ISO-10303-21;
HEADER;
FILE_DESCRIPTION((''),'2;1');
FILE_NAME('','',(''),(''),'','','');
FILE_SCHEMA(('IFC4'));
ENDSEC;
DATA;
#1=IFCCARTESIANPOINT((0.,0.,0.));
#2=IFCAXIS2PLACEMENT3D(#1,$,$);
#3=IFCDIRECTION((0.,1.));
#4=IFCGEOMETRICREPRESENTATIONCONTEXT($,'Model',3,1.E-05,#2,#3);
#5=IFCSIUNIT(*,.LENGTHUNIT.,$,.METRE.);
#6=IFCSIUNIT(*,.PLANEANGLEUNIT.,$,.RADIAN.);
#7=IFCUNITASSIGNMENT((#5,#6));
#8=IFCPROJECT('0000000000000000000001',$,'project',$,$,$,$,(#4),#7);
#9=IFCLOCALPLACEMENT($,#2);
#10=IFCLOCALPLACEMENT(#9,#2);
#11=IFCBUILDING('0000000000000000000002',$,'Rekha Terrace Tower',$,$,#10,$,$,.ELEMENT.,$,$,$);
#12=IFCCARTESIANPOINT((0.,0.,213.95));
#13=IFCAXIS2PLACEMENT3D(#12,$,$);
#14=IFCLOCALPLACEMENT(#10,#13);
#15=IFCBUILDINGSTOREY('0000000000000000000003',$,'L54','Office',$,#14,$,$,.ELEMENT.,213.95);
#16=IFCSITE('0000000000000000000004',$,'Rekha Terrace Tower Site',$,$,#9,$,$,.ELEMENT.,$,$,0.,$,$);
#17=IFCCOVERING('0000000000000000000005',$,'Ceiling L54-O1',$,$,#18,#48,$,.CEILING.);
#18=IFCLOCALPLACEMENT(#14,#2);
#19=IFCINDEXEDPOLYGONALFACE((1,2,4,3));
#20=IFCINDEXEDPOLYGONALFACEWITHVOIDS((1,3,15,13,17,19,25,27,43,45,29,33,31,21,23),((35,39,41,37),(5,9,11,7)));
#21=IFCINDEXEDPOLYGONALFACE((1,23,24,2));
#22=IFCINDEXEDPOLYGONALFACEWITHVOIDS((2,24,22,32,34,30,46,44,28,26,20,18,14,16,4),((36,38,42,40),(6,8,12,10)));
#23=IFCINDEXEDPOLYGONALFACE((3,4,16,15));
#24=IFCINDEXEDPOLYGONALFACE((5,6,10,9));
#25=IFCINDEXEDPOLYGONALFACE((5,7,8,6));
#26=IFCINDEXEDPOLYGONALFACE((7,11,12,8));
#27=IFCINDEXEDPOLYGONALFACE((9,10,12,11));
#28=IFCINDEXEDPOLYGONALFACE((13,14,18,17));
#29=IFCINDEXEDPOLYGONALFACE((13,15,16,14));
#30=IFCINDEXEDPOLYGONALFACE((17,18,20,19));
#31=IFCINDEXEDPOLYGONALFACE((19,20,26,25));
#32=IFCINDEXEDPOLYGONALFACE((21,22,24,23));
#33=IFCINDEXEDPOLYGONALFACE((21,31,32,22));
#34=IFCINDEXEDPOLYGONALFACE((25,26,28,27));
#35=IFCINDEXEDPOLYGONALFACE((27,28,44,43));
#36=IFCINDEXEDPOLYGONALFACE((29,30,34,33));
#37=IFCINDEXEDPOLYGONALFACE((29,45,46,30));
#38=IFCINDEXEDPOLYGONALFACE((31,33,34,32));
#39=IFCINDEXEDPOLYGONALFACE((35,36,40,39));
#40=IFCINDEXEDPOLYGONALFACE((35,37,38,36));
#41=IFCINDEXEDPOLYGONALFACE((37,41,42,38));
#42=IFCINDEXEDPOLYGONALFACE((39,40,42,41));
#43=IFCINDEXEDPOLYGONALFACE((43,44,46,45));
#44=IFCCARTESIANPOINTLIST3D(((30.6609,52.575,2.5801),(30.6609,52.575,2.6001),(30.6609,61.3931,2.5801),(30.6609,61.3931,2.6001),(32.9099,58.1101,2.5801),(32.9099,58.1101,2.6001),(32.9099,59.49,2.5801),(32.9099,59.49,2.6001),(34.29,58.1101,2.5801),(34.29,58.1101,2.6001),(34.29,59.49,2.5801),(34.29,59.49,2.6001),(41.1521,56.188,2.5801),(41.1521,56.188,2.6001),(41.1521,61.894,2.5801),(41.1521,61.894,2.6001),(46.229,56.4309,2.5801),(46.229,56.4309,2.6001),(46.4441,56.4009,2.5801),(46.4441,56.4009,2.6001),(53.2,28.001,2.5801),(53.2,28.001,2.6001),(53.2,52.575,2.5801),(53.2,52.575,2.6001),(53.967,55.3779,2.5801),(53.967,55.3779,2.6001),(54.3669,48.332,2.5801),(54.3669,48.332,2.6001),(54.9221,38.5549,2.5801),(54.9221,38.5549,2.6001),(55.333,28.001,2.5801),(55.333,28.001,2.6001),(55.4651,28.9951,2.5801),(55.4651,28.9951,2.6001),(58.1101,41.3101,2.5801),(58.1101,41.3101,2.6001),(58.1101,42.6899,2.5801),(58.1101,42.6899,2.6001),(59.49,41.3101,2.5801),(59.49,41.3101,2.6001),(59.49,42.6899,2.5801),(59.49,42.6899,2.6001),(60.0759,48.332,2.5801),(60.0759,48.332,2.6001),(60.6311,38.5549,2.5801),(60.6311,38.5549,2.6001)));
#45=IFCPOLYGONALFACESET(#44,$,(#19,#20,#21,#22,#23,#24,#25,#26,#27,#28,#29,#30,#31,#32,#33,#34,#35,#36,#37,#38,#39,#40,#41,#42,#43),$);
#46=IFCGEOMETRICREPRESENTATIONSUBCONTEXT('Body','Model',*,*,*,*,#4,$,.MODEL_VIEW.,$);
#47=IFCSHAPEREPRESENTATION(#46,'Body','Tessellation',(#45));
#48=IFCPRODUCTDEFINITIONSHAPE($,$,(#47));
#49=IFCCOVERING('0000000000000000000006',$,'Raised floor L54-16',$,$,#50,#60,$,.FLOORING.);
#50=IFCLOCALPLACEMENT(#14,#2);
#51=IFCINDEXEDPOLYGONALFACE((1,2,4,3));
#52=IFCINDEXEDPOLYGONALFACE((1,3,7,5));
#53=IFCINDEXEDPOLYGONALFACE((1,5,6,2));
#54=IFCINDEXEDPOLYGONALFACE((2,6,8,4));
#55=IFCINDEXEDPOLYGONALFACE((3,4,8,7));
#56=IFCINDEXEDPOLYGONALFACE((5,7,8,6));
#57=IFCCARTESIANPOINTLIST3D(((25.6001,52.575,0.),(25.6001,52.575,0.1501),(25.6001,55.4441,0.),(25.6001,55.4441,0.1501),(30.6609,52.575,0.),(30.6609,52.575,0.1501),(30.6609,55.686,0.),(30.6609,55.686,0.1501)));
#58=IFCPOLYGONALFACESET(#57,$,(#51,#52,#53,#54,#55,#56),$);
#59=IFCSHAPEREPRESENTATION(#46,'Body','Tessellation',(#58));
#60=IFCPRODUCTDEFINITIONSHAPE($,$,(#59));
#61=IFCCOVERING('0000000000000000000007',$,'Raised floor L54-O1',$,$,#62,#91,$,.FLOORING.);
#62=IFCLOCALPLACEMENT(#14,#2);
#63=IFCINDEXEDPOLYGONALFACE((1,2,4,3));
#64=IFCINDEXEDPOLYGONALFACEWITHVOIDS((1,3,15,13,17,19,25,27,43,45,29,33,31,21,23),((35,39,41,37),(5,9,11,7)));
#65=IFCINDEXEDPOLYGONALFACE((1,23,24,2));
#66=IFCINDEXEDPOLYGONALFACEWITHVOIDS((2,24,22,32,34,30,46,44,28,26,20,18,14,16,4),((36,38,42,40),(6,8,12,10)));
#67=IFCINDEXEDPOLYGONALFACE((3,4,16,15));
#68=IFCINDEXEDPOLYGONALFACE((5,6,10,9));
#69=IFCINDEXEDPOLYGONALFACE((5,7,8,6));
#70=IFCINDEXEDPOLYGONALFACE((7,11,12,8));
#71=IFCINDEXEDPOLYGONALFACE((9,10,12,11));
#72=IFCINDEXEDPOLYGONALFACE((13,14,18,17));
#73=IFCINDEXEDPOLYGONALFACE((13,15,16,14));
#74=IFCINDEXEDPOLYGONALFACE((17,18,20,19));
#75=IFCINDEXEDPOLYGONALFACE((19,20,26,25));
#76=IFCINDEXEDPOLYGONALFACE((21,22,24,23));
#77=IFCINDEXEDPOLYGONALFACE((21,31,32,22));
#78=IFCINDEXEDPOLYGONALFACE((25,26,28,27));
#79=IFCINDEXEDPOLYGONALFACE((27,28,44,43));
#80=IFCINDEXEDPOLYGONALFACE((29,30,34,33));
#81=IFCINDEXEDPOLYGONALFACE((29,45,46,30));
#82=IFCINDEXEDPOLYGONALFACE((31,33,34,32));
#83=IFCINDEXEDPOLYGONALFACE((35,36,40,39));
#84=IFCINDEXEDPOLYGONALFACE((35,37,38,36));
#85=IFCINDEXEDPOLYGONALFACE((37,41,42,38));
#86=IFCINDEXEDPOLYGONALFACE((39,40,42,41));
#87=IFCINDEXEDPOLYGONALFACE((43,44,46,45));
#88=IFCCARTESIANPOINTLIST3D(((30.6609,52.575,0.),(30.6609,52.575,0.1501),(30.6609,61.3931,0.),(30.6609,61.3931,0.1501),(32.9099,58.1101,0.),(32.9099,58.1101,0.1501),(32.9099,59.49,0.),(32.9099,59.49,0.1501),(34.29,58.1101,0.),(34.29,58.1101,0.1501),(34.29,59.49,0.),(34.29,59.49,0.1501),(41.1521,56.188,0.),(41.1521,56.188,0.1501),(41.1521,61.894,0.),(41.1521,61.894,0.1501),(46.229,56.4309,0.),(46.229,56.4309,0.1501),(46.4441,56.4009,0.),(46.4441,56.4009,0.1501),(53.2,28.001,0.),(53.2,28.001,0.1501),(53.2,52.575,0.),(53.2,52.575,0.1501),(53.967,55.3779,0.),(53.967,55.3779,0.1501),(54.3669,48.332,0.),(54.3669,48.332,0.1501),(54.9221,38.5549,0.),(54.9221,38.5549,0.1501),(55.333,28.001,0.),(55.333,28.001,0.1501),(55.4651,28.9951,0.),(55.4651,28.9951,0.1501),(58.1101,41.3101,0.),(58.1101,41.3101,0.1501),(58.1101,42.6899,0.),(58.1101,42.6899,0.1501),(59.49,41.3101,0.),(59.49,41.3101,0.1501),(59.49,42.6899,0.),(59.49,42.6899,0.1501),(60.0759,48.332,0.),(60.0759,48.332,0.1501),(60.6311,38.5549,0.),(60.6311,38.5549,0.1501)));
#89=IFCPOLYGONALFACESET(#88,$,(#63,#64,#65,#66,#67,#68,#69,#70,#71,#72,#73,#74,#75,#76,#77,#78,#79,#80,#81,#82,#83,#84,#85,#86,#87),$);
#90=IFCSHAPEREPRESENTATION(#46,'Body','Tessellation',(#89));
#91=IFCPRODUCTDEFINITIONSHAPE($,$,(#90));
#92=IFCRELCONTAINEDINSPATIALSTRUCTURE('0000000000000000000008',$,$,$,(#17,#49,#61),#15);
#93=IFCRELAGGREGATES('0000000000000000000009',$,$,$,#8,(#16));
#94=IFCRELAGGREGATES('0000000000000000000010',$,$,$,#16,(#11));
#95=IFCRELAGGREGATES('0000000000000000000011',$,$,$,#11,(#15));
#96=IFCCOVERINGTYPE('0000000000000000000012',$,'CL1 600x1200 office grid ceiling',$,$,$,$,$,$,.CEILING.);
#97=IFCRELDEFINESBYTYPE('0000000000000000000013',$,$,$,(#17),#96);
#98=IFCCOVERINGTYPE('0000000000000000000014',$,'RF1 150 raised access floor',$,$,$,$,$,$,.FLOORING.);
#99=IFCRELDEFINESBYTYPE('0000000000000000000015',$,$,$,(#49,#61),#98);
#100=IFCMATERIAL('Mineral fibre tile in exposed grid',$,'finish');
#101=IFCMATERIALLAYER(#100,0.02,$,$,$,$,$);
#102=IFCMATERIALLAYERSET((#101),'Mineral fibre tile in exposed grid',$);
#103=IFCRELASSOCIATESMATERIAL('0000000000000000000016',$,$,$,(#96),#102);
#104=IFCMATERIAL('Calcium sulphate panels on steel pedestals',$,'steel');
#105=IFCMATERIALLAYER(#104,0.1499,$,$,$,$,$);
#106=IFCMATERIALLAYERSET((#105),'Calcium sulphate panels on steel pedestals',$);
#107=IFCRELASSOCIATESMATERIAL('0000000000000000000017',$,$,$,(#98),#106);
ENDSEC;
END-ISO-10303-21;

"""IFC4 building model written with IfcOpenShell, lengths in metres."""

from ifc_helpers import new_model, si_unit, direction, frame, origin, place, context, subcontext, project, spatial, polyline, outline, extrude, material, layer, layer_set, type_object, element, save


model = new_model("IFC4")

# Units and contexts
model_context = context("Model", 3, precision=1e-05, world=origin(), true_north=direction((0.0, 1.0)))
body_context = subcontext(model_context, "Body", "Model", "MODEL_VIEW")
ifc_project = project(units=[si_unit("LENGTHUNIT", "METRE"), si_unit("PLANEANGLEUNIT", "RADIAN")], contexts=[model_context])

# Site, building, storey
site_placement = place(None, origin())
site = spatial("IfcSite", under=ifc_project, at=site_placement, Name="Rekha Terrace Tower Site", CompositionType="ELEMENT", RefElevation=0.0)
building_placement = place(site_placement, origin())
building = spatial("IfcBuilding", under=site, at=building_placement, Name="Rekha Terrace Tower", CompositionType="ELEMENT")
storey_placement = place(building_placement, frame((0.0, 0.0, 213.95)))
storey = spatial("IfcBuildingStorey", under=building, at=storey_placement, Name="L54", Description="Office", CompositionType="ELEMENT", Elevation=213.95)

# Coverings
ifc_material_1 = material(Name="Mineral fibre tile in exposed grid", Category="finish")
ifc_layer_1 = layer(ifc_material_1, 0.02)
ifc_layer_set_1 = layer_set([ifc_layer_1], Name="Mineral fibre tile in exposed grid")
covering_type_1 = type_object("IfcCoveringType", Name="CL1 600x1200 office grid ceiling", PredefinedType="CEILING", material=ifc_layer_set_1)
covering_1_placement = place(storey_placement, frame((0.0, 0.0, 2.5801)))
element("IfcCovering", 1, at=covering_1_placement, inside=storey, type_object=covering_type_1, Name="Ceiling L54-O1", PredefinedType="CEILING", context=body_context, shape_type="SweptSolid", body=[
    extrude(outline(polyline([(46.229, 56.4309), (41.1521, 56.188), (41.1521, 61.894), (30.6609, 61.3931), (30.6609, 52.575), (53.2, 52.575), (53.2, 28.001), (55.333, 28.001), (55.4651, 28.9951), (54.9221, 38.5549), (60.6311, 38.5549), (60.0759, 48.332), (54.3669, 48.332), (53.967, 55.3779), (46.4441, 56.4009), (46.229, 56.4309)]), holes=[polyline([(59.49, 41.3101), (58.1101, 41.3101), (58.1101, 42.6899), (59.49, 42.6899), (59.49, 41.3101)]), polyline([(34.29, 58.1101), (32.9099, 58.1101), (32.9099, 59.49), (34.29, 59.49), (34.29, 58.1101)])]), origin(), (0.0, 0.0, 1.0), 0.02),
])
ifc_material_2 = material(Name="Calcium sulphate panels on steel pedestals", Category="steel")
ifc_layer_2 = layer(ifc_material_2, 0.1499)
ifc_layer_set_2 = layer_set([ifc_layer_2], Name="Calcium sulphate panels on steel pedestals")
covering_type_2 = type_object("IfcCoveringType", Name="RF1 150 raised access floor", PredefinedType="FLOORING", material=ifc_layer_set_2)
covering_2_placement = place(storey_placement, origin())
element("IfcCovering", 2, at=covering_2_placement, inside=storey, type_object=covering_type_2, Name="Raised floor L54-16", PredefinedType="FLOORING", context=body_context, shape_type="SweptSolid", body=[
    extrude(outline(polyline([(25.6001, 55.4441), (25.6001, 52.575), (30.6609, 52.575), (30.6609, 55.686), (25.6001, 55.4441)])), origin(), (0.0, 0.0, 1.0), 0.1501),
])
covering_3_placement = place(storey_placement, origin())
element("IfcCovering", 3, at=covering_3_placement, inside=storey, type_object=covering_type_2, Name="Raised floor L54-O1", PredefinedType="FLOORING", context=body_context, shape_type="SweptSolid", body=[
    extrude(outline(polyline([(46.229, 56.4309), (41.1521, 56.188), (41.1521, 61.894), (30.6609, 61.3931), (30.6609, 52.575), (53.2, 52.575), (53.2, 28.001), (55.333, 28.001), (55.4651, 28.9951), (54.9221, 38.5549), (60.6311, 38.5549), (60.0759, 48.332), (54.3669, 48.332), (53.967, 55.3779), (46.4441, 56.4009), (46.229, 56.4309)]), holes=[polyline([(59.49, 41.3101), (58.1101, 41.3101), (58.1101, 42.6899), (59.49, 42.6899), (59.49, 41.3101)]), polyline([(34.29, 58.1101), (32.9099, 58.1101), (32.9099, 59.49), (34.29, 59.49), (34.29, 58.1101)])]), origin(), (0.0, 0.0, 1.0), 0.1501),
])

save(model, "model.ifc")
